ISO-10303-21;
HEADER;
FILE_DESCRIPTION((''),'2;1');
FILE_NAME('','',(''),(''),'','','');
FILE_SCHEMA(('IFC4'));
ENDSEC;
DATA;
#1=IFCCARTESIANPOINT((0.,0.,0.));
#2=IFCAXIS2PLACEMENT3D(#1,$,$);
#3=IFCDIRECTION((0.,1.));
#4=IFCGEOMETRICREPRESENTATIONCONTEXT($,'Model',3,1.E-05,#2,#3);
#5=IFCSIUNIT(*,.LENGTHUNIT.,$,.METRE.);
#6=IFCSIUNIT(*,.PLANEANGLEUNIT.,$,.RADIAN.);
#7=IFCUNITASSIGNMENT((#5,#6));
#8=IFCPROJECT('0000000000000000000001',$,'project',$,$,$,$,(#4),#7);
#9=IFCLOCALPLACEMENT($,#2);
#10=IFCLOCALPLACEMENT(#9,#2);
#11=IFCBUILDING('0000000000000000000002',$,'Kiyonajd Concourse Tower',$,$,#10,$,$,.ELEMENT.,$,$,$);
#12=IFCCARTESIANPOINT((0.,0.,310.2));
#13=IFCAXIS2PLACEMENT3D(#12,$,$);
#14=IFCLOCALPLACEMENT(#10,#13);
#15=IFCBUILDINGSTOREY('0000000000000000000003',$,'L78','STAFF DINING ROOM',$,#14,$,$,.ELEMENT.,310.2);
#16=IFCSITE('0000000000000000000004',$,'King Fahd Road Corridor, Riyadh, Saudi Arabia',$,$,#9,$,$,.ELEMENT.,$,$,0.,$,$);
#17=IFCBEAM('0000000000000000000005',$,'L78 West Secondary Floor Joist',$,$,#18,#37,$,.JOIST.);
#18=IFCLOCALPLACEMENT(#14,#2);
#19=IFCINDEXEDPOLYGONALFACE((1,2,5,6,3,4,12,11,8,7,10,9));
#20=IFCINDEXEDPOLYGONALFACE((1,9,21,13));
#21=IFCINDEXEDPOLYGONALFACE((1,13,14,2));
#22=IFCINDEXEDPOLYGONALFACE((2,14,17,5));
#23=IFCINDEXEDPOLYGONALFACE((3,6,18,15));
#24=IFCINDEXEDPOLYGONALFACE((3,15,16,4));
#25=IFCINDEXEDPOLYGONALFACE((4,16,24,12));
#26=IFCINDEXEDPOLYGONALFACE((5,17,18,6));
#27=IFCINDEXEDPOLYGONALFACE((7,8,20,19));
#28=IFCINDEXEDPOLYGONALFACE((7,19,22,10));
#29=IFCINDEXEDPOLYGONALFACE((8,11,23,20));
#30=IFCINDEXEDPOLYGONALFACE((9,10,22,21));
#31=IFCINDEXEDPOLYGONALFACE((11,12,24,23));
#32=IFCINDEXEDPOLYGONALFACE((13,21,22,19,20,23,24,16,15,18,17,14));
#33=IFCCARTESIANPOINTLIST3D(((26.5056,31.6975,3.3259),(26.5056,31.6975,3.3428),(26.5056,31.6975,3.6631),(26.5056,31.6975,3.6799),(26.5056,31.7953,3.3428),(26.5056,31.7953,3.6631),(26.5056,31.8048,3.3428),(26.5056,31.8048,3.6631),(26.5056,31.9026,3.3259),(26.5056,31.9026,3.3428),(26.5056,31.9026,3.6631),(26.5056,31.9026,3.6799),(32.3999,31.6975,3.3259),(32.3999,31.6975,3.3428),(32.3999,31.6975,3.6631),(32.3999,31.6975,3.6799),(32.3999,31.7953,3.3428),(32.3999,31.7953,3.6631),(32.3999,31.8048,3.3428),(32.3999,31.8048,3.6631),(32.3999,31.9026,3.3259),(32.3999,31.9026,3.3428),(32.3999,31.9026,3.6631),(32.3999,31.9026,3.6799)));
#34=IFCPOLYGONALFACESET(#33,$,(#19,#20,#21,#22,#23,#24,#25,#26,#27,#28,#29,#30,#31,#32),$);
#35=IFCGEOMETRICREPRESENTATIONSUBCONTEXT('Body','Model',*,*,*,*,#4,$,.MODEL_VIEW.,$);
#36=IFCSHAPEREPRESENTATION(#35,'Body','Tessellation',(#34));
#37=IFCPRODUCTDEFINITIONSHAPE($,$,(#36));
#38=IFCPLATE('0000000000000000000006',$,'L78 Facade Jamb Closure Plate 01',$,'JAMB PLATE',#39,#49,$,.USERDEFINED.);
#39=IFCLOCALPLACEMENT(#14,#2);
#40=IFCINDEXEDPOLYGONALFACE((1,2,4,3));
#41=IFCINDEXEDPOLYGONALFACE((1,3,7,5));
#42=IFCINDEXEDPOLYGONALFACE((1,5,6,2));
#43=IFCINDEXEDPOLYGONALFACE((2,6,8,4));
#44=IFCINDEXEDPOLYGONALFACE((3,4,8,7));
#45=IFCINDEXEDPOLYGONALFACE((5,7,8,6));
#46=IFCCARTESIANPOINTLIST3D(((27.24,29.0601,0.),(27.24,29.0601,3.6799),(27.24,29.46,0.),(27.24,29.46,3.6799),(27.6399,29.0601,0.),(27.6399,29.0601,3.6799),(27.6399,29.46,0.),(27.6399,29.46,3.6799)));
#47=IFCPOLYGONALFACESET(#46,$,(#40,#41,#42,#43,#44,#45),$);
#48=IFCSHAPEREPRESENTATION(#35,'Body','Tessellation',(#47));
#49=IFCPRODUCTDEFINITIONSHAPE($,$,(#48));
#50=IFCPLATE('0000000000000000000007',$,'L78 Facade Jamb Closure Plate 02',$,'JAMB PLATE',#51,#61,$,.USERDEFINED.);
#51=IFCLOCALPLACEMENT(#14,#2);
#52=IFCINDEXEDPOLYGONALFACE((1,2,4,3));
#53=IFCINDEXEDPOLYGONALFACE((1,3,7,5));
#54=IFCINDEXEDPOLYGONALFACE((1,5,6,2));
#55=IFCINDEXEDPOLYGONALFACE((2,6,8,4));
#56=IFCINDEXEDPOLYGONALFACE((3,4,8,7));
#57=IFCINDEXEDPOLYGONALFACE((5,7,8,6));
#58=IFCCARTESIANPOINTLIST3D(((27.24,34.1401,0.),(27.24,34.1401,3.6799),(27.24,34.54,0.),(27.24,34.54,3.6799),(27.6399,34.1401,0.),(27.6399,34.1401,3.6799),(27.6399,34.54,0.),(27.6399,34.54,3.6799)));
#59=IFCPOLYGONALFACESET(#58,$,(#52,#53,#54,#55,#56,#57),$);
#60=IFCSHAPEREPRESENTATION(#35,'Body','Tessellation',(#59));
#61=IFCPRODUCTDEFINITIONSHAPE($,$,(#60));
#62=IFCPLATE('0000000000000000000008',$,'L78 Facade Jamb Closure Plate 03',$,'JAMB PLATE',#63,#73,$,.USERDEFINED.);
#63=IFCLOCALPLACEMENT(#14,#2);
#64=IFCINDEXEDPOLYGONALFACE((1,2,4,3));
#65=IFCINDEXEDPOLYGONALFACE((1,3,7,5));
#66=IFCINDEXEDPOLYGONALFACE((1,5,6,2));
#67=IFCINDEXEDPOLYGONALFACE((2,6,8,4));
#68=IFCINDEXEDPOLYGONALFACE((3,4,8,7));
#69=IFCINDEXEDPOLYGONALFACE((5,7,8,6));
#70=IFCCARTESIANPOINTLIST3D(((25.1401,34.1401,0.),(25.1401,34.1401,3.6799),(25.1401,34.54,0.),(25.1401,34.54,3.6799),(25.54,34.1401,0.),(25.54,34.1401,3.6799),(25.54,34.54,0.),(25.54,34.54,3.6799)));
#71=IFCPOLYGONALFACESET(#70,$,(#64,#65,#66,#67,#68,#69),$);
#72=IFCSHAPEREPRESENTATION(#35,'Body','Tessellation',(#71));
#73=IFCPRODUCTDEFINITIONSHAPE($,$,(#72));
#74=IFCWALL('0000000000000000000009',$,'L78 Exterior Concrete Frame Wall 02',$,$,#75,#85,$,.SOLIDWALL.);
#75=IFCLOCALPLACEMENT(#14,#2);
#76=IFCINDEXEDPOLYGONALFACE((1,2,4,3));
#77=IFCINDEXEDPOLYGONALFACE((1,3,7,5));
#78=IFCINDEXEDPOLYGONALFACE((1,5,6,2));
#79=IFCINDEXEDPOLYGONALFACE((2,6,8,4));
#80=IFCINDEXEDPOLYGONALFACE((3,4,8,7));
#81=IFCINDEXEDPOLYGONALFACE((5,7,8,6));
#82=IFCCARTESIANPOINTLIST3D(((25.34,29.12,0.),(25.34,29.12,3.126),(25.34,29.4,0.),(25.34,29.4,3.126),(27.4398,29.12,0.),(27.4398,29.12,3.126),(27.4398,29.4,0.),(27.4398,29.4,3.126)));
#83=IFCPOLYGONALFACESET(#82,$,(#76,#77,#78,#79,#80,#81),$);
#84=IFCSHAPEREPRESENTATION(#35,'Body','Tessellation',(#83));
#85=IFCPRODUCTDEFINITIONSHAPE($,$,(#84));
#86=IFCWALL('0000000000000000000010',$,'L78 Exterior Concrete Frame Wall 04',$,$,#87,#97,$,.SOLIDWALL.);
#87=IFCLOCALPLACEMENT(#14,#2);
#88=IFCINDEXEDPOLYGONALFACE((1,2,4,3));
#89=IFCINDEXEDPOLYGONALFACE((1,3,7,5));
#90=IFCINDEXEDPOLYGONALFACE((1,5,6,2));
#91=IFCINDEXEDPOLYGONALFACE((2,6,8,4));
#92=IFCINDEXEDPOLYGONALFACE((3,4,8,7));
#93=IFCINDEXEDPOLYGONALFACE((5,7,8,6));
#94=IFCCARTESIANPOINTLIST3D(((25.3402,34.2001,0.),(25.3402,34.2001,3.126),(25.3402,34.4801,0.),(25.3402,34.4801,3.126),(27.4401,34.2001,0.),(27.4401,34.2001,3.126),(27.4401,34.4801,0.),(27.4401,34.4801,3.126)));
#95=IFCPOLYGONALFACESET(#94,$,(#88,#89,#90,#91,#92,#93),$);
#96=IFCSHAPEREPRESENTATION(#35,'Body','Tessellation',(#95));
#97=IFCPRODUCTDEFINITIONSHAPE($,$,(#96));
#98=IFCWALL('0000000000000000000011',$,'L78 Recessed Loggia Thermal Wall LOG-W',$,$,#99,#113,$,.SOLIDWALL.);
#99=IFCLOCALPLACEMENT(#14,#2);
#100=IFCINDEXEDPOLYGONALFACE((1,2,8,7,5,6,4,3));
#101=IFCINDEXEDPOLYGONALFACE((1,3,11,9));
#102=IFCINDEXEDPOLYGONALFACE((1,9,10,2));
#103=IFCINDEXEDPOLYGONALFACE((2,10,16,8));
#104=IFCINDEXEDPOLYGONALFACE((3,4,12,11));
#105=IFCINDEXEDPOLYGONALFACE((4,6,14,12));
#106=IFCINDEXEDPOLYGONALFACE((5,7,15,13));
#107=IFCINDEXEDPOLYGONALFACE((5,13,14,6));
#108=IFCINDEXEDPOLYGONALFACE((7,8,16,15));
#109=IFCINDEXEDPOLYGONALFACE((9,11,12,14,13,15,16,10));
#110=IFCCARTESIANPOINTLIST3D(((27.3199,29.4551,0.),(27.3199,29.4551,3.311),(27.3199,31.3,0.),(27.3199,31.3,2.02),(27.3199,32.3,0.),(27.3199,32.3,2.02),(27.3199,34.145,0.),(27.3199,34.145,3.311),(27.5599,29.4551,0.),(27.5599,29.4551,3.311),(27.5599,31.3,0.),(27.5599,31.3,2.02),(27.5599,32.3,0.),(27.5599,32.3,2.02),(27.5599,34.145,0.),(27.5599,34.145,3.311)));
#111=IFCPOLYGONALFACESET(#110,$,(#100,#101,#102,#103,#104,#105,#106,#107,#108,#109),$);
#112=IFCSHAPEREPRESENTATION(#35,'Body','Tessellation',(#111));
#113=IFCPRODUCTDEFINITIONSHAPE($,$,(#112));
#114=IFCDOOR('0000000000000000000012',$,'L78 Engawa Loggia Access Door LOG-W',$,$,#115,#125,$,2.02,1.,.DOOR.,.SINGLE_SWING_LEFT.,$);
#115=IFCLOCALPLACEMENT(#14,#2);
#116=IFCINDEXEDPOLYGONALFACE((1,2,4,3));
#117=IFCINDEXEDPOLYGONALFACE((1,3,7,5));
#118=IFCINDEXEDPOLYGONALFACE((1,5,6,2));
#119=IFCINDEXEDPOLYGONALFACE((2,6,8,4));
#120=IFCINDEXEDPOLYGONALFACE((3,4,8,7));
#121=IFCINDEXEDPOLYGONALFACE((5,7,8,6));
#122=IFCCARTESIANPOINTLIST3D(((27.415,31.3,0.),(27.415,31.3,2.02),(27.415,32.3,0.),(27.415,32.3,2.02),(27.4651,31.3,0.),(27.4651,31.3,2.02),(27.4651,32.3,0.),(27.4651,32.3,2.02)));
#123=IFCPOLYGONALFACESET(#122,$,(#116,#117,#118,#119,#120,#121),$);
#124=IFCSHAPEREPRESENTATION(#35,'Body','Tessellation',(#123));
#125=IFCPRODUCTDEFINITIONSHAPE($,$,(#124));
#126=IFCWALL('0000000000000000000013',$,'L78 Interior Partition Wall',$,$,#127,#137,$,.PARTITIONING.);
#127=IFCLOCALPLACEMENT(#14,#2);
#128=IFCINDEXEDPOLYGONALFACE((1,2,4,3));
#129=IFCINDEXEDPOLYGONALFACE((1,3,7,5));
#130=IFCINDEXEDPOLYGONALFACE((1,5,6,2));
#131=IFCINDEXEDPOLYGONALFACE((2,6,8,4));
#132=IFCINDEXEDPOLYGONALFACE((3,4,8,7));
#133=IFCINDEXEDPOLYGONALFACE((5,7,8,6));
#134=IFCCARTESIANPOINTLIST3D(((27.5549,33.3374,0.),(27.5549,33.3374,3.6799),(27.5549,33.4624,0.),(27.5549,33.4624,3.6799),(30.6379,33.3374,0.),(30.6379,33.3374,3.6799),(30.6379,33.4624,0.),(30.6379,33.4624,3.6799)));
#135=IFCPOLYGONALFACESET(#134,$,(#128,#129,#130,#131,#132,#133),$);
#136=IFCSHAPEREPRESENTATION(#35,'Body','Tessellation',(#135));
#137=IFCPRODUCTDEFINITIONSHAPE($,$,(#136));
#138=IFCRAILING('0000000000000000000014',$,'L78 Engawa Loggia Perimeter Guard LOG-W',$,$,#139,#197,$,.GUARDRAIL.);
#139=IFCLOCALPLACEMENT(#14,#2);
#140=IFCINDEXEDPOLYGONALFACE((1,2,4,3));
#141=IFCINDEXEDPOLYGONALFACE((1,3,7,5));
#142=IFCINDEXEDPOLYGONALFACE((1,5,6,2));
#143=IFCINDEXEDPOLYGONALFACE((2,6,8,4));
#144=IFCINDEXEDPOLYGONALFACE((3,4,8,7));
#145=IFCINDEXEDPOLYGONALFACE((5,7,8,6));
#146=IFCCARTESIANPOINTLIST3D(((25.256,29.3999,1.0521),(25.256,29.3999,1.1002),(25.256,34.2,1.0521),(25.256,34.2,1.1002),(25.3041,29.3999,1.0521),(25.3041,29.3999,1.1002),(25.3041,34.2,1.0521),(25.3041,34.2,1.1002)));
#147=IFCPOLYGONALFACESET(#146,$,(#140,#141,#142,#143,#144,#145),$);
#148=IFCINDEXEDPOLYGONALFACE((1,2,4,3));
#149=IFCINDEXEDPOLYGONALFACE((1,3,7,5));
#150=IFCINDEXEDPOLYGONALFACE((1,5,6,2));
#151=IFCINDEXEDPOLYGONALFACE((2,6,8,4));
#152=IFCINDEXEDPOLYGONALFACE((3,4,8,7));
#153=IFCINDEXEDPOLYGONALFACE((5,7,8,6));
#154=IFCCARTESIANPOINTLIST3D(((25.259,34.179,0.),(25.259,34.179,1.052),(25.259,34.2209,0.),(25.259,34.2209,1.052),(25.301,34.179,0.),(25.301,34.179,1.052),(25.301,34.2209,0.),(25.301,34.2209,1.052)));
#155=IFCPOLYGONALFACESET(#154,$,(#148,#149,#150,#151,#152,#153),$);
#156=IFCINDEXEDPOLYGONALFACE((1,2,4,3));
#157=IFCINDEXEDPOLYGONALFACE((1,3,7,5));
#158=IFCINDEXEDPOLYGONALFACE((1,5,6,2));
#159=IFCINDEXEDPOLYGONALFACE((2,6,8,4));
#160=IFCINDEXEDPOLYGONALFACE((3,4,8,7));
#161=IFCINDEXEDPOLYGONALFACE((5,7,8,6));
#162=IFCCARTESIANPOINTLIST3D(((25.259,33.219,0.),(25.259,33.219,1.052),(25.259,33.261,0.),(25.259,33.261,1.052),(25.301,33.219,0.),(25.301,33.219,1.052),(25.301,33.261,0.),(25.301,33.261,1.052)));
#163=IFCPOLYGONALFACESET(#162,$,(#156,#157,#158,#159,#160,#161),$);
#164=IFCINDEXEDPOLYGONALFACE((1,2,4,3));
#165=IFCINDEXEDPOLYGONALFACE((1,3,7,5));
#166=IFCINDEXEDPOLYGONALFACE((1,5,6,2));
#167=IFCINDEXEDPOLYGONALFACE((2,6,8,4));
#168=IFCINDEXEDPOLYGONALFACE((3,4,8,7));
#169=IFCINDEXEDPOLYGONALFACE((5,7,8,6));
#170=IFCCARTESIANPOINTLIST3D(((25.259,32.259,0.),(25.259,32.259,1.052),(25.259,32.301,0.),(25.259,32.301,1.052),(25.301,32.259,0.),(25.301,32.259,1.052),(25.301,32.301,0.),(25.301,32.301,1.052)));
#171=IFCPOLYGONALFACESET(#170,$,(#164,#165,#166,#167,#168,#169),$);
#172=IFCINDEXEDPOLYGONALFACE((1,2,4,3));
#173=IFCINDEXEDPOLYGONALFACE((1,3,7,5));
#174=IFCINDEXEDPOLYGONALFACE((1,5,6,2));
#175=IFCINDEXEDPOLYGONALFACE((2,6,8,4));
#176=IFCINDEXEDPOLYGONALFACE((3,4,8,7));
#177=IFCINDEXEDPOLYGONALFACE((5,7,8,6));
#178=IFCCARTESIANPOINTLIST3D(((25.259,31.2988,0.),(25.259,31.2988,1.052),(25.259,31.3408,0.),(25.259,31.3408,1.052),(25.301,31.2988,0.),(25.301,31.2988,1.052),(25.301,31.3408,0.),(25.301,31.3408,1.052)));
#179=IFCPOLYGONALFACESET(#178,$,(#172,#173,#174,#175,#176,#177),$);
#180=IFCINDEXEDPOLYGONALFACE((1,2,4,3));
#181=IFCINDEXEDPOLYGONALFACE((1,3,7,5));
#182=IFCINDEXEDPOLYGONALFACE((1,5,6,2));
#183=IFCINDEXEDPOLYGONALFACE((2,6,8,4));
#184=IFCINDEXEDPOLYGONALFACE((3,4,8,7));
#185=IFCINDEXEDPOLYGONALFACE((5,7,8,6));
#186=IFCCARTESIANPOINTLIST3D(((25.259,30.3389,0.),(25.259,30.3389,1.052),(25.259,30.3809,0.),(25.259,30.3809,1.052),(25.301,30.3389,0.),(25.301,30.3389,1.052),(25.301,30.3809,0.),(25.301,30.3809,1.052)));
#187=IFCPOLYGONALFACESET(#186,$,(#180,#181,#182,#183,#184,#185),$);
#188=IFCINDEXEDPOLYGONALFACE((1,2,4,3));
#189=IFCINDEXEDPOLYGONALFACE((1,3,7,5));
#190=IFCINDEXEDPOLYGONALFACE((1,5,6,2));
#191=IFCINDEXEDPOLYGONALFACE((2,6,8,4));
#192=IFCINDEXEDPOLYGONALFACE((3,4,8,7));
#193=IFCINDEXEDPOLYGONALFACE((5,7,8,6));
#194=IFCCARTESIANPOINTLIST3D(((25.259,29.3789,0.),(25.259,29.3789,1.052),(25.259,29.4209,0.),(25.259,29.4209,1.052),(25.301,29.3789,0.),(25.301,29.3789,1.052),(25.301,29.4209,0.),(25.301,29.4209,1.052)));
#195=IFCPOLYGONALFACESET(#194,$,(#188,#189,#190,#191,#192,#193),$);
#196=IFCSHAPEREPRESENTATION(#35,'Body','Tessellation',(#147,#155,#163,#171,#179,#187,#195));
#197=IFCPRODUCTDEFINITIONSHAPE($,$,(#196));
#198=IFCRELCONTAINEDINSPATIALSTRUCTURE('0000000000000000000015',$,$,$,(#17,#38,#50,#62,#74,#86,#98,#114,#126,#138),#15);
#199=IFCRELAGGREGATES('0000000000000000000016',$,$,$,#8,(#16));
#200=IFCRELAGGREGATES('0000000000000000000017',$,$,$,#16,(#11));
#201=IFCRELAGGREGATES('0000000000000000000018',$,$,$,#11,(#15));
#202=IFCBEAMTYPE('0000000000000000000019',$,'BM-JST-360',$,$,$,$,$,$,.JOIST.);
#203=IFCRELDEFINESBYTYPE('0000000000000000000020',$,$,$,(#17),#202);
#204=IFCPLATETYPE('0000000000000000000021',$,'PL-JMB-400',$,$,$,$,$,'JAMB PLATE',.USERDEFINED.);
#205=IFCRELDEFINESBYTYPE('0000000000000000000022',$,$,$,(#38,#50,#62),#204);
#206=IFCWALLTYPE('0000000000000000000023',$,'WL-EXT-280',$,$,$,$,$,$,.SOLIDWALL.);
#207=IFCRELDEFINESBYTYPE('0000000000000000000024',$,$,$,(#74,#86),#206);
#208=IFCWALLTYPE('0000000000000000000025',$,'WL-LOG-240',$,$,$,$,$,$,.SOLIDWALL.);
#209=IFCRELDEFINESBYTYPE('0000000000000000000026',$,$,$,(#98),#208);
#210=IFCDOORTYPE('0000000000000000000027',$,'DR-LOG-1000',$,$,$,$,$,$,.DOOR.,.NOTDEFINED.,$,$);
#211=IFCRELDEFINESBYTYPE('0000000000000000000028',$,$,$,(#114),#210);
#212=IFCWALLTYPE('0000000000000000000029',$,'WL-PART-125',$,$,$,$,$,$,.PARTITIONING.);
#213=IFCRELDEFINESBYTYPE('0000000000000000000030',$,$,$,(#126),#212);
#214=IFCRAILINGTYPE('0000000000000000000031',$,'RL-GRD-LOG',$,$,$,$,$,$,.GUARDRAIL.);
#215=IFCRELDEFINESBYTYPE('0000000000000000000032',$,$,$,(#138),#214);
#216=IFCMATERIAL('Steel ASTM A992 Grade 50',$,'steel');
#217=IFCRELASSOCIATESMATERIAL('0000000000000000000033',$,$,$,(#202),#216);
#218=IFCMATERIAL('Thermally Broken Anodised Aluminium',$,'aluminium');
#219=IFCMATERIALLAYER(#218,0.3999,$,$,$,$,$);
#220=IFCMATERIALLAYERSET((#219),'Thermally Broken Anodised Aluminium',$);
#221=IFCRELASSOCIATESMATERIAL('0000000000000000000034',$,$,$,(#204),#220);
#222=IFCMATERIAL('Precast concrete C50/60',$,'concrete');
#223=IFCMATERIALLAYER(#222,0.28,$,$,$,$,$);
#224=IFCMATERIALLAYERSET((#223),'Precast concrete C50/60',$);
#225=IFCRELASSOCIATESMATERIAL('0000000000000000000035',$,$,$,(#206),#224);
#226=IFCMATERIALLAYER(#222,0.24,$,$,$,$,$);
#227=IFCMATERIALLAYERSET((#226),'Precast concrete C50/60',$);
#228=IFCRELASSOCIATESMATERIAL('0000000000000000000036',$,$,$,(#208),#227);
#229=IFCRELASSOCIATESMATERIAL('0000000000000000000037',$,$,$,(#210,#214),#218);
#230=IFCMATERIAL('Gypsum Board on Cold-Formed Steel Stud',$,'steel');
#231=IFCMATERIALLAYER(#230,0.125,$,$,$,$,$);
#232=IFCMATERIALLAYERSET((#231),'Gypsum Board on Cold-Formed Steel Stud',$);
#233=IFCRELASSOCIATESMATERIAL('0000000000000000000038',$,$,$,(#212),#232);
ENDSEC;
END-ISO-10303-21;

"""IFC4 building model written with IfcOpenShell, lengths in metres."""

from ifc_helpers import new_model, si_unit, direction, frame, frame_2d, origin, origin_2d, place, context, subcontext, project, spatial, rectangle, i_section, extrude, material, layer, layer_set, material_profile, profile_set, type_object, element, fill, save


model = new_model("IFC4")

# Units and contexts
model_context = context("Model", 3, precision=1e-05, world=origin(), true_north=direction((0.0, 1.0)))
body_context = subcontext(model_context, "Body", "Model", "MODEL_VIEW")
ifc_project = project(units=[si_unit("LENGTHUNIT", "METRE"), si_unit("PLANEANGLEUNIT", "RADIAN")], contexts=[model_context])

# Site, building, storey
site_placement = place(None, origin())
site = spatial("IfcSite", under=ifc_project, at=site_placement, Name="King Fahd Road Corridor, Riyadh, Saudi Arabia", CompositionType="ELEMENT", RefElevation=0.0)
building_placement = place(site_placement, origin())
building = spatial("IfcBuilding", under=site, at=building_placement, Name="Kiyonajd Concourse Tower", CompositionType="ELEMENT")
storey_placement = place(building_placement, frame((0.0, 0.0, 310.2)))
storey = spatial("IfcBuildingStorey", under=building, at=storey_placement, Name="L78", Description="STAFF DINING ROOM", CompositionType="ELEMENT", Elevation=310.2)

# Beam
ifc_material_1 = material(Name="Steel ASTM A992 Grade 50", Category="steel")
ifc_material_profile = material_profile(ifc_material_1, i_section(OverallWidth=0.2051, OverallDepth=0.354, WebThickness=0.0095, FlangeThickness=0.0168, at=origin_2d()), Name="W360X79")
ifc_profile_set = profile_set([ifc_material_profile], Name="Steel ASTM A992 Grade 50")
beam_type = type_object("IfcBeamType", Name="BM-JST-360", PredefinedType="JOIST", material=ifc_profile_set)
beam_placement = place(storey_placement, frame((26.5056, 31.8, 3.5029), z_axis=(1.0, 0.0, 0.0), x_axis=(0.0, 1.0, 0.0)))
element("IfcBeam", 1, at=beam_placement, inside=storey, type_object=beam_type, Name="L78 West Secondary Floor Joist", PredefinedType="JOIST", context=body_context, shape_type="SweptSolid", body=[
    extrude(i_section(OverallWidth=0.2051, OverallDepth=0.354, WebThickness=0.0095, FlangeThickness=0.0168, at=origin_2d()), origin(), (0.0, 0.0, 1.0), 5.8943),
])

# Plates
ifc_material_2 = material(Name="Thermally Broken Anodised Aluminium", Category="aluminium")
ifc_layer_1 = layer(ifc_material_2, 0.3999)
ifc_layer_set_1 = layer_set([ifc_layer_1], Name="Thermally Broken Anodised Aluminium")
plate_type = type_object("IfcPlateType", Name="PL-JMB-400", ElementType="JAMB PLATE", PredefinedType="USERDEFINED", material=ifc_layer_set_1)
for number, where, z_axis, x_axis, name in (
    (2, (27.4399, 29.26, 0.0), (0.0, 0.0, 1.0), (1.0, 0.0, 0.0), "L78 Facade Jamb Closure Plate 01"),
    (3, (27.4399, 34.3401, 0.0), (0.0, 0.0, 1.0), (1.0, 0.0, 0.0), "L78 Facade Jamb Closure Plate 02"),
    (4, (25.3401, 34.3401, 0.0), (0.0, 0.0, 1.0), (1.0, 0.0, 0.0), "L78 Facade Jamb Closure Plate 03"),
):
    element("IfcPlate", number, at=place(storey_placement, frame(where, z_axis=z_axis, x_axis=x_axis)), inside=storey, type_object=plate_type, Name=name, ObjectType="JAMB PLATE", PredefinedType="USERDEFINED", context=body_context, shape_type="SweptSolid", body=[
        extrude(rectangle(XDim=0.3999, YDim=0.3999, at=origin_2d()), origin(), (0.0, 0.0, 1.0), 3.6799),
    ])

# Walls
ifc_material_3 = material(Name="Precast concrete C50/60", Category="concrete")
ifc_layer_2 = layer(ifc_material_3, 0.28)
ifc_layer_set_2 = layer_set([ifc_layer_2], Name="Precast concrete C50/60")
wall_type_1 = type_object("IfcWallType", Name="WL-EXT-280", PredefinedType="SOLIDWALL", material=ifc_layer_set_2)
for number, where, z_axis, x_axis, name in (
    (5, (25.3401, 29.26, 0.0), (0.0, 0.0, 1.0), (1.0, 0.0, 0.0), "L78 Exterior Concrete Frame Wall 02"),
    (6, (27.4399, 34.3401, 0.0), (0.0, 0.0, 1.0), (-1.0, 0.0, 0.0), "L78 Exterior Concrete Frame Wall 04"),
):
    element("IfcWall", number, at=place(storey_placement, frame(where, z_axis=z_axis, x_axis=x_axis)), inside=storey, type_object=wall_type_1, Name=name, PredefinedType="SOLIDWALL", context=body_context, shape_type="SweptSolid", body=[
        extrude(rectangle(XDim=2.0999, YDim=0.28, at=frame_2d((1.0498, 0.0))), origin(), (0.0, 0.0, 1.0), 3.126),
    ])

# Wall, opening, door
ifc_layer_3 = layer(ifc_material_3, 0.24)
ifc_layer_set_3 = layer_set([ifc_layer_3], Name="Precast concrete C50/60")
wall_type_2 = type_object("IfcWallType", Name="WL-LOG-240", PredefinedType="SOLIDWALL", material=ifc_layer_set_3)
wall_1_placement = place(storey_placement, frame((27.4399, 29.4551, 0.0), z_axis=(0.0, 0.0, 1.0), x_axis=(0.0, 1.0, 0.0)))
wall_1 = element("IfcWall", 7, at=wall_1_placement, inside=storey, type_object=wall_type_2, Name="L78 Recessed Loggia Thermal Wall LOG-W", PredefinedType="SOLIDWALL", context=body_context, shape_type="SweptSolid", body=[
    extrude(rectangle(XDim=4.6899, YDim=0.24, at=frame_2d((2.345, 0.0))), origin(), (0.0, 0.0, 1.0), 3.311),
])
opening_placement = place(wall_1_placement, frame((1.845, 0.0, 0.0)))
opening = element("IfcOpeningElement", 8, at=opening_placement, cuts=wall_1, PredefinedType="OPENING", context=body_context, shape_type="SweptSolid", body=[
    extrude(rectangle(XDim=1.0, YDim=2.02, at=frame_2d((0.5, 1.01))), frame((0.0, 0.1299, 0.0), z_axis=(0.0, -1.0, 0.0), x_axis=(1.0, 0.0, 0.0)), (0.0, 0.0, 1.0), 0.26),
])
door_type = type_object("IfcDoorType", Name="DR-LOG-1000", OperationType="NOTDEFINED", PredefinedType="DOOR", material=ifc_material_2)
door_placement = place(opening_placement, origin())
door = element("IfcDoor", 9, at=door_placement, inside=storey, type_object=door_type, Name="L78 Engawa Loggia Access Door LOG-W", OperationType="SINGLE_SWING_LEFT", OverallHeight=2.02, OverallWidth=1.0, PredefinedType="DOOR", context=body_context, shape_type="SweptSolid", body=[
    extrude(rectangle(XDim=1.0, YDim=2.02, at=frame_2d((0.5, 1.01))), frame((0.0, 0.0249, 0.0), z_axis=(0.0, -1.0, 0.0), x_axis=(1.0, 0.0, 0.0)), (0.0, 0.0, 1.0), 0.05),
])
fill(opening, door)

# Wall
ifc_material_4 = material(Name="Gypsum Board on Cold-Formed Steel Stud", Category="steel")
ifc_layer_4 = layer(ifc_material_4, 0.125)
ifc_layer_set_4 = layer_set([ifc_layer_4], Name="Gypsum Board on Cold-Formed Steel Stud")
wall_type_3 = type_object("IfcWallType", Name="WL-PART-125", PredefinedType="PARTITIONING", material=ifc_layer_set_4)
wall_2_placement = place(storey_placement, frame((27.5549, 33.3999, 0.0), z_axis=(0.0, 0.0, 1.0), x_axis=(1.0, 0.0, 0.0)))
element("IfcWall", 10, at=wall_2_placement, inside=storey, type_object=wall_type_3, Name="L78 Interior Partition Wall", PredefinedType="PARTITIONING", context=body_context, shape_type="SweptSolid", body=[
    extrude(rectangle(XDim=3.083, YDim=0.125, at=frame_2d((1.5415, 0.0))), origin(), (0.0, 0.0, 1.0), 3.6799),
])

# Railing
railing_type = type_object("IfcRailingType", Name="RL-GRD-LOG", PredefinedType="GUARDRAIL", material=ifc_material_2)
railing_placement = place(storey_placement, frame((25.28, 34.2, 0.0)))
element("IfcRailing", 11, at=railing_placement, inside=storey, type_object=railing_type, Name="L78 Engawa Loggia Perimeter Guard LOG-W", PredefinedType="GUARDRAIL", context=body_context, shape_type="SweptSolid", body=[
    extrude(rectangle(XDim=0.0481, YDim=0.0481, at=origin_2d()), frame((0.0, 0.0, 1.0762), z_axis=(0.0, -1.0, 0.0), x_axis=(1.0, 0.0, 0.0)), (0.0, 0.0, 1.0), 4.8),
    extrude(rectangle(XDim=0.042, YDim=0.042, at=origin_2d()), origin(), (0.0, 0.0, 1.0), 1.052),
    extrude(rectangle(XDim=0.042, YDim=0.042, at=origin_2d()), frame((0.0, -0.96, 0.0)), (0.0, 0.0, 1.0), 1.052),
    extrude(rectangle(XDim=0.042, YDim=0.042, at=origin_2d()), frame((0.0, -1.9199, 0.0)), (0.0, 0.0, 1.0), 1.052),
    extrude(rectangle(XDim=0.042, YDim=0.042, at=origin_2d()), frame((0.0, -2.8801, 0.0)), (0.0, 0.0, 1.0), 1.052),
    extrude(rectangle(XDim=0.042, YDim=0.042, at=origin_2d()), frame((0.0, -3.8401, 0.0)), (0.0, 0.0, 1.0), 1.052),
    extrude(rectangle(XDim=0.042, YDim=0.042, at=origin_2d()), frame((0.0, -4.8, 0.0)), (0.0, 0.0, 1.0), 1.052),
])

save(model, "model.ifc")
